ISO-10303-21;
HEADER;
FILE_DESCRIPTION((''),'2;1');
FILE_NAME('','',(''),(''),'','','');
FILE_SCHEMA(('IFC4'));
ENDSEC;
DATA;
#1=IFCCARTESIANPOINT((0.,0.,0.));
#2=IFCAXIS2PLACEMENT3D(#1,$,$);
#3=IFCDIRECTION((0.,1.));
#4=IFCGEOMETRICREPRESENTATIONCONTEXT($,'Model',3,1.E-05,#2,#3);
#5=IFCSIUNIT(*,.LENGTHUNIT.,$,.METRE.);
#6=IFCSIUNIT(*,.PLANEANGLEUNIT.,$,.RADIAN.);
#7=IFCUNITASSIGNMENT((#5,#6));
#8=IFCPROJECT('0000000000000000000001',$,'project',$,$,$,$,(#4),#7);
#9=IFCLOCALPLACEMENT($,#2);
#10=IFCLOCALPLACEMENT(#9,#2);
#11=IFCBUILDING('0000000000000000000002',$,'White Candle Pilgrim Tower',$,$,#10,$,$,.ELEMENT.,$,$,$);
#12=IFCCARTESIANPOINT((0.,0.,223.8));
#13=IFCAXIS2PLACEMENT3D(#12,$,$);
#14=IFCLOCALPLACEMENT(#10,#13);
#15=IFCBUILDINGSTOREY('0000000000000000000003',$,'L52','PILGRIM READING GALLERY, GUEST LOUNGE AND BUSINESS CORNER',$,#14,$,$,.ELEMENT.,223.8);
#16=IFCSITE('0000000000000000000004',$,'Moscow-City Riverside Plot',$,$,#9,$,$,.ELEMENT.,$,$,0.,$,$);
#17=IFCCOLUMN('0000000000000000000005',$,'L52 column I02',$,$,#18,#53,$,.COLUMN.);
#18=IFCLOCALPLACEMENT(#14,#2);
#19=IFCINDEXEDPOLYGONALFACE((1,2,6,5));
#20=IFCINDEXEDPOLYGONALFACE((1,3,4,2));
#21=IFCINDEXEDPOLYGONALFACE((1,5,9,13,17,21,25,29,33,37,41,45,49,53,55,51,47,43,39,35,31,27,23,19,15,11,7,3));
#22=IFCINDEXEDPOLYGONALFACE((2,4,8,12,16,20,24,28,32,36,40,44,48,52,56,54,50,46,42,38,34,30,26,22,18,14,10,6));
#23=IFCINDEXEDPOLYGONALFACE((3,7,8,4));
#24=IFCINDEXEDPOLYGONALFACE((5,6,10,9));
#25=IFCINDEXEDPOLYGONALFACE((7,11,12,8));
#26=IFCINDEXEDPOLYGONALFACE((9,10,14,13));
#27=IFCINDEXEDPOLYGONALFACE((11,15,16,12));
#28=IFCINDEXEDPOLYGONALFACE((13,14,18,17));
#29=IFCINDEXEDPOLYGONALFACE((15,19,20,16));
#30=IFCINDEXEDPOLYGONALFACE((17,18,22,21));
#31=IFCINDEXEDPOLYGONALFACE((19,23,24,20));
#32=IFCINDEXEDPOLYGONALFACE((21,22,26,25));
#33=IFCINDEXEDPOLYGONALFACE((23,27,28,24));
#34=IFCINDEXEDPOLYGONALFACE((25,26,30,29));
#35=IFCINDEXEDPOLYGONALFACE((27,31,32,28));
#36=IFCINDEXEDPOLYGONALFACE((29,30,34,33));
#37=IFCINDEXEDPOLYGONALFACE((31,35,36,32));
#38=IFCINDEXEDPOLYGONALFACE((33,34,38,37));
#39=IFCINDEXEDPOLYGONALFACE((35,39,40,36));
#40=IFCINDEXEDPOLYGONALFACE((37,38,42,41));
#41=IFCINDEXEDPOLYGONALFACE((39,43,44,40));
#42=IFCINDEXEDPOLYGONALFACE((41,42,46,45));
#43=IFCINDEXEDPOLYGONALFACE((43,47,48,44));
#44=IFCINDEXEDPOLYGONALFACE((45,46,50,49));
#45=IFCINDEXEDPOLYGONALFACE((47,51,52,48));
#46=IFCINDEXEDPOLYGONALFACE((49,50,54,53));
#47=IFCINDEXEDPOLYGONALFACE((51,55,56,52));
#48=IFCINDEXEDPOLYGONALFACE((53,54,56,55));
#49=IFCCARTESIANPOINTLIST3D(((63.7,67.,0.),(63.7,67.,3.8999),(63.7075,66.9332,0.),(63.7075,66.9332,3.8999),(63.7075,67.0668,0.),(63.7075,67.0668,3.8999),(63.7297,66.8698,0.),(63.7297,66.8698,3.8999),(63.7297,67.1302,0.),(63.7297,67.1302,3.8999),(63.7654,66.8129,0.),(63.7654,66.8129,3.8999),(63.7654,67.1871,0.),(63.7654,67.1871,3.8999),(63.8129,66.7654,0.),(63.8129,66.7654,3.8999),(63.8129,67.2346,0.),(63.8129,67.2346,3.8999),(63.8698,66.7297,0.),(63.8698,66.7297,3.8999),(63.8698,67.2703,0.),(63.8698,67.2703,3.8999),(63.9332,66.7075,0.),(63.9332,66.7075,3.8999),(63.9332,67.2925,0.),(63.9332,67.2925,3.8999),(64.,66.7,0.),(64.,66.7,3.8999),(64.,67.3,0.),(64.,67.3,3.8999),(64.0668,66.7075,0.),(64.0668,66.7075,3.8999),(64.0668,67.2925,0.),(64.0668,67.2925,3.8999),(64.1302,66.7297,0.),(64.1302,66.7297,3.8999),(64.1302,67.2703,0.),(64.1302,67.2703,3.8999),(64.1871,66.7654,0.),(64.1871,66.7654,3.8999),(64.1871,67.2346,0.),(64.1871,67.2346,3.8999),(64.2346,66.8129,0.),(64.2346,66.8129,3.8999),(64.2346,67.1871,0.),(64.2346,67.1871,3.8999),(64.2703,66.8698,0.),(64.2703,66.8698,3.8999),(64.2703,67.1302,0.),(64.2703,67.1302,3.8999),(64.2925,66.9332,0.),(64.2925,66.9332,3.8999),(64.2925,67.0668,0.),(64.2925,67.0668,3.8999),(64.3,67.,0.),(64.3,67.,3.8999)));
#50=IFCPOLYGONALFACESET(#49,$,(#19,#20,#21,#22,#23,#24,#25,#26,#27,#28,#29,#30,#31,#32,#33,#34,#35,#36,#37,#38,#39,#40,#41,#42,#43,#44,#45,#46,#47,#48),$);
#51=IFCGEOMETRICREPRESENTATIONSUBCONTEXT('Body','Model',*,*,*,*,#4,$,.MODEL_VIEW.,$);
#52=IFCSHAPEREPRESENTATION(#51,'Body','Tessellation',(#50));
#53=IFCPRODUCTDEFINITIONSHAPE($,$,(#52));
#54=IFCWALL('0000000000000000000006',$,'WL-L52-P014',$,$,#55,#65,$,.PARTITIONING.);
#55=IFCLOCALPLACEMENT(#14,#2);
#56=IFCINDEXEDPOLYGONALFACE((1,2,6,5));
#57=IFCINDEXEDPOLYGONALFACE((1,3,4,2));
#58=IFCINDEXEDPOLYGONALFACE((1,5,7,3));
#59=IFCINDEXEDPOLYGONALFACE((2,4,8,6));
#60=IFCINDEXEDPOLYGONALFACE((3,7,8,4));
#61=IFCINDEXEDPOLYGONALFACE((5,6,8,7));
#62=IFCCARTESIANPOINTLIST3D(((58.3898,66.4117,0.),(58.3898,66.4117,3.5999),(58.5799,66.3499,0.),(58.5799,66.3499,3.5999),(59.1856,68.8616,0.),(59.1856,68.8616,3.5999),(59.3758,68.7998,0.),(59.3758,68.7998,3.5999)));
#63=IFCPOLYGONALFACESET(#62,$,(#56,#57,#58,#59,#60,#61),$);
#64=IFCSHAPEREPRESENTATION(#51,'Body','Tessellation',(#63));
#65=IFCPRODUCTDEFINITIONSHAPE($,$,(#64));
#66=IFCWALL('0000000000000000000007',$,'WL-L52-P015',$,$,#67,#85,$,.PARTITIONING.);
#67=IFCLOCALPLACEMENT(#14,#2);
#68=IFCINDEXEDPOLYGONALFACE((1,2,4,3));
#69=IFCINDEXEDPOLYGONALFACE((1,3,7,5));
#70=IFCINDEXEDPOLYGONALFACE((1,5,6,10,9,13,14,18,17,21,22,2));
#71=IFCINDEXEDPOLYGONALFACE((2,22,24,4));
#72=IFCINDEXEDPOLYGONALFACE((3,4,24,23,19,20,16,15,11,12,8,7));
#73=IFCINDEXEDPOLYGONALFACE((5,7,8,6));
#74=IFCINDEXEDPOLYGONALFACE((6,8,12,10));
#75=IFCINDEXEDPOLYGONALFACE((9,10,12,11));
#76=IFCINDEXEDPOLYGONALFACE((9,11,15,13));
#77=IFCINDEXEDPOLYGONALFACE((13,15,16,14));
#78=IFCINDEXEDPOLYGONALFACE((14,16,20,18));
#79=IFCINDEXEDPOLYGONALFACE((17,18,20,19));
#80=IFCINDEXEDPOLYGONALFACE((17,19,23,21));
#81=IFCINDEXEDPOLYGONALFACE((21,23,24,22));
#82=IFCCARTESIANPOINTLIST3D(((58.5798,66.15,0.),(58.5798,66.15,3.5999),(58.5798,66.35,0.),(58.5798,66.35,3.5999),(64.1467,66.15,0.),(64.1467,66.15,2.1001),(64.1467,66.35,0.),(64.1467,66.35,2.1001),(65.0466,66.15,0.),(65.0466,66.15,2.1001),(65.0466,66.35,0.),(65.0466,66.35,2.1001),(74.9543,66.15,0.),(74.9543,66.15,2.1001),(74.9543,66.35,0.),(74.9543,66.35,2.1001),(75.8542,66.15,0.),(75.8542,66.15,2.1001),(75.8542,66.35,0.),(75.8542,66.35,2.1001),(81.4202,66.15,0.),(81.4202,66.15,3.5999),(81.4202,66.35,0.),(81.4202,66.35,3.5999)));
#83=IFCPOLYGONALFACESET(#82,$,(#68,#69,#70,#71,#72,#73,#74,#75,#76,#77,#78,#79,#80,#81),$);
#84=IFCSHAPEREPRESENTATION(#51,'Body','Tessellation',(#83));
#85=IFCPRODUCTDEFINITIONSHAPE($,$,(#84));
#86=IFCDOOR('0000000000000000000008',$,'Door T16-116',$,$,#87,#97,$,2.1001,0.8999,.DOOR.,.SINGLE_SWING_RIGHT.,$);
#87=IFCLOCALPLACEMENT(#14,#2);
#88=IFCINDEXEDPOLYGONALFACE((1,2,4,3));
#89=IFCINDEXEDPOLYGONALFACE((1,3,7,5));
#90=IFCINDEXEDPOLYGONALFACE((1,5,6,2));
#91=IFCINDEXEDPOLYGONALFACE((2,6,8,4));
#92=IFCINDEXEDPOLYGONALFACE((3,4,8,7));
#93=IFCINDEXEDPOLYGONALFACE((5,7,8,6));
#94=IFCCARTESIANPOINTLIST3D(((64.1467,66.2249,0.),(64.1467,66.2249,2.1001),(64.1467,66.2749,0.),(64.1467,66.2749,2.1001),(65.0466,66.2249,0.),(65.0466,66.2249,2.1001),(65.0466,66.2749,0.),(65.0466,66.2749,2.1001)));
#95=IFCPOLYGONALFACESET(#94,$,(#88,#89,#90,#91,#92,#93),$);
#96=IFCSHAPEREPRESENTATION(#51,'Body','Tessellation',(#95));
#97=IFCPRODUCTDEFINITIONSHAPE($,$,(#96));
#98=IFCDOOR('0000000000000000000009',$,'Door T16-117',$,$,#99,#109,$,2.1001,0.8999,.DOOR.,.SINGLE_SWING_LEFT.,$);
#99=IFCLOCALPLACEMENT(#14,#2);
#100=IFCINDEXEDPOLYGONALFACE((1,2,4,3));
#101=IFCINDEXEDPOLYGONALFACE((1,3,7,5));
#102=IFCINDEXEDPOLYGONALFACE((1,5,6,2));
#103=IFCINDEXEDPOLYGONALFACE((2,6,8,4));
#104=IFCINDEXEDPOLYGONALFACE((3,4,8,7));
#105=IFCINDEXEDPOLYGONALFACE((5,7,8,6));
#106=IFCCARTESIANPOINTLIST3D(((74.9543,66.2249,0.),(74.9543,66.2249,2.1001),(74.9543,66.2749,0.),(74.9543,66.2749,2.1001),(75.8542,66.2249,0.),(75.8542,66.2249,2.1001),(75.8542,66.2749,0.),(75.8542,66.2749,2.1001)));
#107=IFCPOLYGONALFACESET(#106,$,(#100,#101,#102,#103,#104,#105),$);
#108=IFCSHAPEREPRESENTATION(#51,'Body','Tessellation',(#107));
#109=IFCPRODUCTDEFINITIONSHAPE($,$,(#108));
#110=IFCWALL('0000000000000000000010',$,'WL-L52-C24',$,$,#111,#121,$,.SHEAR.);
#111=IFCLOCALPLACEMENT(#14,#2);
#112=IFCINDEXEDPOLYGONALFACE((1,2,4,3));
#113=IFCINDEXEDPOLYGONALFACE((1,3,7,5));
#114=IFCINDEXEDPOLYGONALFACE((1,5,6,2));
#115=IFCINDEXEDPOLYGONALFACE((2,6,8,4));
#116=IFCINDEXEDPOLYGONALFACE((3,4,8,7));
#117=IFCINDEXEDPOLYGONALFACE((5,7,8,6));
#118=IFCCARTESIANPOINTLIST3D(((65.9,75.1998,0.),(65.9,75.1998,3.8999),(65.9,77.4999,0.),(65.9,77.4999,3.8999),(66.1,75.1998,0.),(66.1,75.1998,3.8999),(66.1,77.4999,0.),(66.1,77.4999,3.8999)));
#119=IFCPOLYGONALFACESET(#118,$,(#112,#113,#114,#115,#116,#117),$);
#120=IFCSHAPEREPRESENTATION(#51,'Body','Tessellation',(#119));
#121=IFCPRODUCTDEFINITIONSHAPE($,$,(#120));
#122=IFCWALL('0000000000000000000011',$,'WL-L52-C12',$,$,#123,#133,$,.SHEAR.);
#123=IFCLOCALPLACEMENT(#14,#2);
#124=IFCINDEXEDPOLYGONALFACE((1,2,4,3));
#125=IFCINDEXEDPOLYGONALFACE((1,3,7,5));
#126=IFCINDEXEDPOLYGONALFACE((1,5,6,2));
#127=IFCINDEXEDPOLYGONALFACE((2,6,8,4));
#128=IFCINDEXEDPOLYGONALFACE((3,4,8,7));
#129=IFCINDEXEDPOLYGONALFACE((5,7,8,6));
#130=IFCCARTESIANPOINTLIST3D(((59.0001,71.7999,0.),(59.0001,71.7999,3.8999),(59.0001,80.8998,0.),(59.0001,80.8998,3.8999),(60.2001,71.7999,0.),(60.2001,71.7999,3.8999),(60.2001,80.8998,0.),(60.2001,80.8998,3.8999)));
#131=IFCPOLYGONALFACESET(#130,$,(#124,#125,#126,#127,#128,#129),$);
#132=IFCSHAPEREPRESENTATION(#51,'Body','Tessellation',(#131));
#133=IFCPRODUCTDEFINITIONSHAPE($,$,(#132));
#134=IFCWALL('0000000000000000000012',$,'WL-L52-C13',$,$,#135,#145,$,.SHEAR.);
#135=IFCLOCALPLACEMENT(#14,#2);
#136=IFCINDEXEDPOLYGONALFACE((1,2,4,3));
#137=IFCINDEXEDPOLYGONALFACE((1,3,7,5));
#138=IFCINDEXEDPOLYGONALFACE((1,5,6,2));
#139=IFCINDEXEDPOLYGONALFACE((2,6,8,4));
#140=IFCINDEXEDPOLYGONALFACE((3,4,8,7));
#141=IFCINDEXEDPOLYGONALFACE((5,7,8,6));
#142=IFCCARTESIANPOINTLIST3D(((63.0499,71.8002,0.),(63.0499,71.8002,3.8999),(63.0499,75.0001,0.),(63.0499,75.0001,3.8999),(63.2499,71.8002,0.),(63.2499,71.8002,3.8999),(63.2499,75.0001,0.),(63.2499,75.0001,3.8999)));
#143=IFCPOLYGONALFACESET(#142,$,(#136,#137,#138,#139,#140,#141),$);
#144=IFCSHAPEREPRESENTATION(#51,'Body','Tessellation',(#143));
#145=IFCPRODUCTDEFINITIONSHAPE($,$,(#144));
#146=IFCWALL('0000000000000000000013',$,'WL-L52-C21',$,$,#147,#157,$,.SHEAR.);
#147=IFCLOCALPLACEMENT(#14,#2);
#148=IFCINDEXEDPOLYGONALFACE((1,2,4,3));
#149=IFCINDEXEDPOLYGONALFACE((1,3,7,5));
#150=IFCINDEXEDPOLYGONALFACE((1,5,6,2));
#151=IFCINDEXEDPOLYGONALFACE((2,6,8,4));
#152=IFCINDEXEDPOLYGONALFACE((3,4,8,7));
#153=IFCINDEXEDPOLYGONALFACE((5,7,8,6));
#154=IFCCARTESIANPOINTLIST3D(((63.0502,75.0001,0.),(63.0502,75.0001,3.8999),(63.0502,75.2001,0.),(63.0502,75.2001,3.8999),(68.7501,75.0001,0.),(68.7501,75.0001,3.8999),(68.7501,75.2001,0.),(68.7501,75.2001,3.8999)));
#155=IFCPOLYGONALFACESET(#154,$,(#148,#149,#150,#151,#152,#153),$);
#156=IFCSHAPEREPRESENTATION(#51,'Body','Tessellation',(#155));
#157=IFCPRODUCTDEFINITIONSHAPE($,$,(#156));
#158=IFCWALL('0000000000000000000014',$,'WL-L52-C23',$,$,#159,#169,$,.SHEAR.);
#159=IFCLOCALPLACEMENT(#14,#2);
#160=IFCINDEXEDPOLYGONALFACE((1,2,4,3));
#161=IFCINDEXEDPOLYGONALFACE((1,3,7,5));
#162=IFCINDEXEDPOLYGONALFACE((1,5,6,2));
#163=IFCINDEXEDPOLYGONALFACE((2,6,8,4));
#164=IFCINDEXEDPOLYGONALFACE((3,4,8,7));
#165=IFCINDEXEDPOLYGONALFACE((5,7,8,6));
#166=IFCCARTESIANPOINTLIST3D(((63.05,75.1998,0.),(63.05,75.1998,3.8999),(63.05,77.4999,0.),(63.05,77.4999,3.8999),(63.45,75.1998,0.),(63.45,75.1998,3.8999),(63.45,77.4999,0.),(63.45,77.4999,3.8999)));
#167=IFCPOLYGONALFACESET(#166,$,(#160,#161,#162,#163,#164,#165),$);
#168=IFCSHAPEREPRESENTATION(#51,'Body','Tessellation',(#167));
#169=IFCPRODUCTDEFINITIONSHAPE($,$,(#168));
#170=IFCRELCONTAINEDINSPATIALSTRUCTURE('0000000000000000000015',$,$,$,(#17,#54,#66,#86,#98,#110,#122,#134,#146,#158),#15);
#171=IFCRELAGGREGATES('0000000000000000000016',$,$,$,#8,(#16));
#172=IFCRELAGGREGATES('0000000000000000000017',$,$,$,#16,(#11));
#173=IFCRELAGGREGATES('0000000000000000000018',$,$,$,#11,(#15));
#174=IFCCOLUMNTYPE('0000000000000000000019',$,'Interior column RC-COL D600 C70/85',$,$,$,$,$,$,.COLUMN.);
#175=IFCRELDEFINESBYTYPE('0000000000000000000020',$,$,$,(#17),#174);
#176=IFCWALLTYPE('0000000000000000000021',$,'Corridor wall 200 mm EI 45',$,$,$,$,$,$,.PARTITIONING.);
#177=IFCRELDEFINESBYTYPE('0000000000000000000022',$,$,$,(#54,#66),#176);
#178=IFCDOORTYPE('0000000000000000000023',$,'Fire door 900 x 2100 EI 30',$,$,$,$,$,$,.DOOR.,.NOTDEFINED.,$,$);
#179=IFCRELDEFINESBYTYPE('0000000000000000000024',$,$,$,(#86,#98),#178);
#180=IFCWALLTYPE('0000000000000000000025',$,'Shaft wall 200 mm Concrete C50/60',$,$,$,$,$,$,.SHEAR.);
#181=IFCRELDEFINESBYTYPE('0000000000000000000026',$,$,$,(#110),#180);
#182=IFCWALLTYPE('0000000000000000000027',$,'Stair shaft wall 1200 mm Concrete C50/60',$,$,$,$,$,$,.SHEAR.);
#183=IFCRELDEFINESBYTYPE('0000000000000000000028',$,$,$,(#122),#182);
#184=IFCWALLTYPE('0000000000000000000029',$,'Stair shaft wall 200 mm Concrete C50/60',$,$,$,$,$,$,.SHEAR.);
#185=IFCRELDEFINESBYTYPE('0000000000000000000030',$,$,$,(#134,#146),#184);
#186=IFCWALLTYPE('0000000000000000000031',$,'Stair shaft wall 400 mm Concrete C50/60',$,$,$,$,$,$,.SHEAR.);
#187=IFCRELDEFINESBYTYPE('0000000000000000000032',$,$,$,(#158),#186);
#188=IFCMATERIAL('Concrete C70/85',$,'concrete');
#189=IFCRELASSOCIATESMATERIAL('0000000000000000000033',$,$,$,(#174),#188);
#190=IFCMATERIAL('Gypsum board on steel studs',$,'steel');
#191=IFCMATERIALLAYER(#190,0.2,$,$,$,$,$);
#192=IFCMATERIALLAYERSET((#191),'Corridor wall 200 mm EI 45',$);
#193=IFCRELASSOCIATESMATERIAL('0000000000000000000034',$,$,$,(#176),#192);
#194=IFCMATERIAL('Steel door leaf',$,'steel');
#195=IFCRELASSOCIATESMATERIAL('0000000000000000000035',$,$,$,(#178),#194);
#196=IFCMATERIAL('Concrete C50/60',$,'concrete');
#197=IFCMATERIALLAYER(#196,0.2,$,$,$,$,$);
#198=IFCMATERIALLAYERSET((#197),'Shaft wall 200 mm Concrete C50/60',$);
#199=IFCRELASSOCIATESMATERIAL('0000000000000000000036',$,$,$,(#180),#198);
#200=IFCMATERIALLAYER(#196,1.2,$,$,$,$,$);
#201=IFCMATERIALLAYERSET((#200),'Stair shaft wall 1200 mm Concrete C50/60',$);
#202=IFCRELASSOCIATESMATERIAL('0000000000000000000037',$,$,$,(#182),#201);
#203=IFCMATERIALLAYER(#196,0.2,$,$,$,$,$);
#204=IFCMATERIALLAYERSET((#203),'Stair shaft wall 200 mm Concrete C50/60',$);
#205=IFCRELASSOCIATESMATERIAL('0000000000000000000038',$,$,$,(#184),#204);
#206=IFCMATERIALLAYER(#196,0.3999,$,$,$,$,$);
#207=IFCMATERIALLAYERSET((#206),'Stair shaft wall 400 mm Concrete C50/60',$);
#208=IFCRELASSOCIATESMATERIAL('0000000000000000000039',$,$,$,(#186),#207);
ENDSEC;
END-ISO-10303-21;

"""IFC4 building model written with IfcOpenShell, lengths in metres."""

from ifc_helpers import new_model, si_unit, direction, frame, frame_2d, origin, origin_2d, place, context, subcontext, project, spatial, rectangle, circle, extrude, material, layer, layer_set, material_profile, profile_set, type_object, element, fill, save


model = new_model("IFC4")

# Units and contexts
model_context = context("Model", 3, precision=1e-05, world=origin(), true_north=direction((0.0, 1.0)))
body_context = subcontext(model_context, "Body", "Model", "MODEL_VIEW")
ifc_project = project(units=[si_unit("LENGTHUNIT", "METRE"), si_unit("PLANEANGLEUNIT", "RADIAN")], contexts=[model_context])

# Site, building, storey
site_placement = place(None, origin())
site = spatial("IfcSite", under=ifc_project, at=site_placement, Name="Moscow-City Riverside Plot", CompositionType="ELEMENT", RefElevation=0.0)
building_placement = place(site_placement, origin())
building = spatial("IfcBuilding", under=site, at=building_placement, Name="White Candle Pilgrim Tower", CompositionType="ELEMENT")
storey_placement = place(building_placement, frame((0.0, 0.0, 223.8)))
storey = spatial("IfcBuildingStorey", under=building, at=storey_placement, Name="L52", Description="PILGRIM READING GALLERY, GUEST LOUNGE AND BUSINESS CORNER", CompositionType="ELEMENT", Elevation=223.8)

# Column
ifc_material_1 = material(Name="Concrete C70/85", Category="concrete")
ifc_material_profile = material_profile(ifc_material_1, circle(Radius=0.3, at=origin_2d()), Name="RC-COL D600")
ifc_profile_set = profile_set([ifc_material_profile], Name="Concrete C70/85")
column_type = type_object("IfcColumnType", Name="Interior column RC-COL D600 C70/85", PredefinedType="COLUMN", material=ifc_profile_set)
column_placement = place(storey_placement, frame((64.0, 67.0, 0.0), z_axis=(0.0, 0.0, 1.0), x_axis=(1.0, 0.0, 0.0)))
element("IfcColumn", 1, at=column_placement, inside=storey, type_object=column_type, Name="L52 column I02", PredefinedType="COLUMN", context=body_context, shape_type="SweptSolid", body=[
    extrude(circle(Radius=0.3, at=origin_2d()), origin(), (0.0, 0.0, 1.0), 3.8999),
])

# Wall
ifc_material_2 = material(Name="Gypsum board on steel studs", Category="steel")
ifc_layer_1 = layer(ifc_material_2, 0.2)
ifc_layer_set_1 = layer_set([ifc_layer_1], Name="Corridor wall 200 mm EI 45")
wall_type_1 = type_object("IfcWallType", Name="Corridor wall 200 mm EI 45", PredefinedType="PARTITIONING", material=ifc_layer_set_1)
wall_1_placement = place(storey_placement, frame((59.2808, 68.8308, 0.0), z_axis=(0.0, 0.0, 1.0), x_axis=(-0.308968, -0.951072, 0.0)))
element("IfcWall", 2, at=wall_1_placement, inside=storey, type_object=wall_type_1, Name="WL-L52-P014", PredefinedType="PARTITIONING", context=body_context, shape_type="SweptSolid", body=[
    extrude(rectangle(XDim=2.5759, YDim=0.2, at=frame_2d((1.2881, 0.0))), origin(), (0.0, 0.0, 1.0), 3.5999),
])

# Wall, openings, doors
wall_2_placement = place(storey_placement, frame((58.5798, 66.25, 0.0), z_axis=(0.0, 0.0, 1.0), x_axis=(1.0, 0.0, 0.0)))
wall_2 = element("IfcWall", 3, at=wall_2_placement, inside=storey, type_object=wall_type_1, Name="WL-L52-P015", PredefinedType="PARTITIONING", context=body_context, shape_type="SweptSolid", body=[
    extrude(rectangle(XDim=22.8403, YDim=0.2, at=frame_2d((11.4202, 0.0))), origin(), (0.0, 0.0, 1.0), 3.5999),
])
opening_1_placement = place(wall_2_placement, frame((5.5669, 0.0, 0.0)))
opening_1 = element("IfcOpeningElement", 4, at=opening_1_placement, cuts=wall_2, PredefinedType="OPENING", context=body_context, shape_type="SweptSolid", body=[
    extrude(rectangle(XDim=0.8999, YDim=2.1001, at=frame_2d((0.45, 1.05))), frame((0.0, 0.1099, 0.0), z_axis=(0.0, -1.0, 0.0), x_axis=(1.0, 0.0, 0.0)), (0.0, 0.0, 1.0), 0.22),
])
opening_2_placement = place(wall_2_placement, frame((16.3745, 0.0, 0.0)))
opening_2 = element("IfcOpeningElement", 5, at=opening_2_placement, cuts=wall_2, PredefinedType="OPENING", context=body_context, shape_type="SweptSolid", body=[
    extrude(rectangle(XDim=0.8999, YDim=2.1001, at=frame_2d((0.45, 1.05))), frame((0.0, 0.1099, 0.0), z_axis=(0.0, -1.0, 0.0), x_axis=(1.0, 0.0, 0.0)), (0.0, 0.0, 1.0), 0.22),
])
ifc_material_3 = material(Name="Steel door leaf", Category="steel")
door_type_1 = type_object("IfcDoorType", Name="Fire door 900 x 2100 EI 30", OperationType="NOTDEFINED", PredefinedType="DOOR", material=ifc_material_3)
door_1_placement = place(opening_1_placement, origin())
door_1 = element("IfcDoor", 6, at=door_1_placement, inside=storey, type_object=door_type_1, Name="Door T16-116", OperationType="SINGLE_SWING_RIGHT", OverallHeight=2.1001, OverallWidth=0.8999, PredefinedType="DOOR", context=body_context, shape_type="SweptSolid", body=[
    extrude(rectangle(XDim=0.8999, YDim=2.1001, at=frame_2d((0.45, 1.05))), frame((0.0, 0.0249, 0.0), z_axis=(0.0, -1.0, 0.0), x_axis=(1.0, 0.0, 0.0)), (0.0, 0.0, 1.0), 0.05),
])
fill(opening_1, door_1)
door_2_placement = place(opening_2_placement, origin())
door_2 = element("IfcDoor", 7, at=door_2_placement, inside=storey, type_object=door_type_1, Name="Door T16-117", OperationType="SINGLE_SWING_LEFT", OverallHeight=2.1001, OverallWidth=0.8999, PredefinedType="DOOR", context=body_context, shape_type="SweptSolid", body=[
    extrude(rectangle(XDim=0.8999, YDim=2.1001, at=frame_2d((0.45, 1.05))), frame((0.0, 0.0249, 0.0), z_axis=(0.0, -1.0, 0.0), x_axis=(1.0, 0.0, 0.0)), (0.0, 0.0, 1.0), 0.05),
])
fill(opening_2, door_2)

# Walls
ifc_material_4 = material(Name="Concrete C50/60", Category="concrete")
ifc_layer_2 = layer(ifc_material_4, 0.2)
ifc_layer_set_2 = layer_set([ifc_layer_2], Name="Shaft wall 200 mm Concrete C50/60")
wall_type_2 = type_object("IfcWallType", Name="Shaft wall 200 mm Concrete C50/60", PredefinedType="SHEAR", material=ifc_layer_set_2)
wall_3_placement = place(storey_placement, frame((66.0, 75.2, 0.0), z_axis=(0.0, 0.0, 1.0), x_axis=(0.0, 1.0, 0.0)))
element("IfcWall", 8, at=wall_3_placement, inside=storey, type_object=wall_type_2, Name="WL-L52-C24", PredefinedType="SHEAR", context=body_context, shape_type="SweptSolid", body=[
    extrude(rectangle(XDim=2.3, YDim=0.2, at=frame_2d((1.1499, 0.0))), origin(), (0.0, 0.0, 1.0), 3.8999),
])
ifc_layer_3 = layer(ifc_material_4, 1.2)
ifc_layer_set_3 = layer_set([ifc_layer_3], Name="Stair shaft wall 1200 mm Concrete C50/60")
wall_type_3 = type_object("IfcWallType", Name="Stair shaft wall 1200 mm Concrete C50/60", PredefinedType="SHEAR", material=ifc_layer_set_3)
wall_4_placement = place(storey_placement, frame((59.6001, 71.8, 0.0), z_axis=(0.0, 0.0, 1.0), x_axis=(0.0, 1.0, 0.0)))
element("IfcWall", 9, at=wall_4_placement, inside=storey, type_object=wall_type_3, Name="WL-L52-C12", PredefinedType="SHEAR", context=body_context, shape_type="SweptSolid", body=[
    extrude(rectangle(XDim=9.0999, YDim=1.2, at=frame_2d((4.5498, 0.0))), origin(), (0.0, 0.0, 1.0), 3.8999),
])
ifc_layer_4 = layer(ifc_material_4, 0.2)
ifc_layer_set_4 = layer_set([ifc_layer_4], Name="Stair shaft wall 200 mm Concrete C50/60")
wall_type_4 = type_object("IfcWallType", Name="Stair shaft wall 200 mm Concrete C50/60", PredefinedType="SHEAR", material=ifc_layer_set_4)
wall_5_placement = place(storey_placement, frame((63.1499, 71.8, 0.0), z_axis=(0.0, 0.0, 1.0), x_axis=(0.0, 1.0, 0.0)))
element("IfcWall", 10, at=wall_5_placement, inside=storey, type_object=wall_type_4, Name="WL-L52-C13", PredefinedType="SHEAR", context=body_context, shape_type="SweptSolid", body=[
    extrude(rectangle(XDim=3.2, YDim=0.2, at=frame_2d((1.6001, 0.0))), origin(), (0.0, 0.0, 1.0), 3.8999),
])
wall_6_placement = place(storey_placement, frame((63.05, 75.1001, 0.0), z_axis=(0.0, 0.0, 1.0), x_axis=(1.0, 0.0, 0.0)))
element("IfcWall", 11, at=wall_6_placement, inside=storey, type_object=wall_type_4, Name="WL-L52-C21", PredefinedType="SHEAR", context=body_context, shape_type="SweptSolid", body=[
    extrude(rectangle(XDim=5.7, YDim=0.2, at=frame_2d((2.8501, 0.0))), origin(), (0.0, 0.0, 1.0), 3.8999),
])
ifc_layer_5 = layer(ifc_material_4, 0.3999)
ifc_layer_set_5 = layer_set([ifc_layer_5], Name="Stair shaft wall 400 mm Concrete C50/60")
wall_type_5 = type_object("IfcWallType", Name="Stair shaft wall 400 mm Concrete C50/60", PredefinedType="SHEAR", material=ifc_layer_set_5)
wall_7_placement = place(storey_placement, frame((63.25, 75.2, 0.0), z_axis=(0.0, 0.0, 1.0), x_axis=(0.0, 1.0, 0.0)))
element("IfcWall", 12, at=wall_7_placement, inside=storey, type_object=wall_type_5, Name="WL-L52-C23", PredefinedType="SHEAR", context=body_context, shape_type="SweptSolid", body=[
    extrude(rectangle(XDim=2.3, YDim=0.3999, at=frame_2d((1.1499, 0.0))), origin(), (0.0, 0.0, 1.0), 3.8999),
])

save(model, "model.ifc")
